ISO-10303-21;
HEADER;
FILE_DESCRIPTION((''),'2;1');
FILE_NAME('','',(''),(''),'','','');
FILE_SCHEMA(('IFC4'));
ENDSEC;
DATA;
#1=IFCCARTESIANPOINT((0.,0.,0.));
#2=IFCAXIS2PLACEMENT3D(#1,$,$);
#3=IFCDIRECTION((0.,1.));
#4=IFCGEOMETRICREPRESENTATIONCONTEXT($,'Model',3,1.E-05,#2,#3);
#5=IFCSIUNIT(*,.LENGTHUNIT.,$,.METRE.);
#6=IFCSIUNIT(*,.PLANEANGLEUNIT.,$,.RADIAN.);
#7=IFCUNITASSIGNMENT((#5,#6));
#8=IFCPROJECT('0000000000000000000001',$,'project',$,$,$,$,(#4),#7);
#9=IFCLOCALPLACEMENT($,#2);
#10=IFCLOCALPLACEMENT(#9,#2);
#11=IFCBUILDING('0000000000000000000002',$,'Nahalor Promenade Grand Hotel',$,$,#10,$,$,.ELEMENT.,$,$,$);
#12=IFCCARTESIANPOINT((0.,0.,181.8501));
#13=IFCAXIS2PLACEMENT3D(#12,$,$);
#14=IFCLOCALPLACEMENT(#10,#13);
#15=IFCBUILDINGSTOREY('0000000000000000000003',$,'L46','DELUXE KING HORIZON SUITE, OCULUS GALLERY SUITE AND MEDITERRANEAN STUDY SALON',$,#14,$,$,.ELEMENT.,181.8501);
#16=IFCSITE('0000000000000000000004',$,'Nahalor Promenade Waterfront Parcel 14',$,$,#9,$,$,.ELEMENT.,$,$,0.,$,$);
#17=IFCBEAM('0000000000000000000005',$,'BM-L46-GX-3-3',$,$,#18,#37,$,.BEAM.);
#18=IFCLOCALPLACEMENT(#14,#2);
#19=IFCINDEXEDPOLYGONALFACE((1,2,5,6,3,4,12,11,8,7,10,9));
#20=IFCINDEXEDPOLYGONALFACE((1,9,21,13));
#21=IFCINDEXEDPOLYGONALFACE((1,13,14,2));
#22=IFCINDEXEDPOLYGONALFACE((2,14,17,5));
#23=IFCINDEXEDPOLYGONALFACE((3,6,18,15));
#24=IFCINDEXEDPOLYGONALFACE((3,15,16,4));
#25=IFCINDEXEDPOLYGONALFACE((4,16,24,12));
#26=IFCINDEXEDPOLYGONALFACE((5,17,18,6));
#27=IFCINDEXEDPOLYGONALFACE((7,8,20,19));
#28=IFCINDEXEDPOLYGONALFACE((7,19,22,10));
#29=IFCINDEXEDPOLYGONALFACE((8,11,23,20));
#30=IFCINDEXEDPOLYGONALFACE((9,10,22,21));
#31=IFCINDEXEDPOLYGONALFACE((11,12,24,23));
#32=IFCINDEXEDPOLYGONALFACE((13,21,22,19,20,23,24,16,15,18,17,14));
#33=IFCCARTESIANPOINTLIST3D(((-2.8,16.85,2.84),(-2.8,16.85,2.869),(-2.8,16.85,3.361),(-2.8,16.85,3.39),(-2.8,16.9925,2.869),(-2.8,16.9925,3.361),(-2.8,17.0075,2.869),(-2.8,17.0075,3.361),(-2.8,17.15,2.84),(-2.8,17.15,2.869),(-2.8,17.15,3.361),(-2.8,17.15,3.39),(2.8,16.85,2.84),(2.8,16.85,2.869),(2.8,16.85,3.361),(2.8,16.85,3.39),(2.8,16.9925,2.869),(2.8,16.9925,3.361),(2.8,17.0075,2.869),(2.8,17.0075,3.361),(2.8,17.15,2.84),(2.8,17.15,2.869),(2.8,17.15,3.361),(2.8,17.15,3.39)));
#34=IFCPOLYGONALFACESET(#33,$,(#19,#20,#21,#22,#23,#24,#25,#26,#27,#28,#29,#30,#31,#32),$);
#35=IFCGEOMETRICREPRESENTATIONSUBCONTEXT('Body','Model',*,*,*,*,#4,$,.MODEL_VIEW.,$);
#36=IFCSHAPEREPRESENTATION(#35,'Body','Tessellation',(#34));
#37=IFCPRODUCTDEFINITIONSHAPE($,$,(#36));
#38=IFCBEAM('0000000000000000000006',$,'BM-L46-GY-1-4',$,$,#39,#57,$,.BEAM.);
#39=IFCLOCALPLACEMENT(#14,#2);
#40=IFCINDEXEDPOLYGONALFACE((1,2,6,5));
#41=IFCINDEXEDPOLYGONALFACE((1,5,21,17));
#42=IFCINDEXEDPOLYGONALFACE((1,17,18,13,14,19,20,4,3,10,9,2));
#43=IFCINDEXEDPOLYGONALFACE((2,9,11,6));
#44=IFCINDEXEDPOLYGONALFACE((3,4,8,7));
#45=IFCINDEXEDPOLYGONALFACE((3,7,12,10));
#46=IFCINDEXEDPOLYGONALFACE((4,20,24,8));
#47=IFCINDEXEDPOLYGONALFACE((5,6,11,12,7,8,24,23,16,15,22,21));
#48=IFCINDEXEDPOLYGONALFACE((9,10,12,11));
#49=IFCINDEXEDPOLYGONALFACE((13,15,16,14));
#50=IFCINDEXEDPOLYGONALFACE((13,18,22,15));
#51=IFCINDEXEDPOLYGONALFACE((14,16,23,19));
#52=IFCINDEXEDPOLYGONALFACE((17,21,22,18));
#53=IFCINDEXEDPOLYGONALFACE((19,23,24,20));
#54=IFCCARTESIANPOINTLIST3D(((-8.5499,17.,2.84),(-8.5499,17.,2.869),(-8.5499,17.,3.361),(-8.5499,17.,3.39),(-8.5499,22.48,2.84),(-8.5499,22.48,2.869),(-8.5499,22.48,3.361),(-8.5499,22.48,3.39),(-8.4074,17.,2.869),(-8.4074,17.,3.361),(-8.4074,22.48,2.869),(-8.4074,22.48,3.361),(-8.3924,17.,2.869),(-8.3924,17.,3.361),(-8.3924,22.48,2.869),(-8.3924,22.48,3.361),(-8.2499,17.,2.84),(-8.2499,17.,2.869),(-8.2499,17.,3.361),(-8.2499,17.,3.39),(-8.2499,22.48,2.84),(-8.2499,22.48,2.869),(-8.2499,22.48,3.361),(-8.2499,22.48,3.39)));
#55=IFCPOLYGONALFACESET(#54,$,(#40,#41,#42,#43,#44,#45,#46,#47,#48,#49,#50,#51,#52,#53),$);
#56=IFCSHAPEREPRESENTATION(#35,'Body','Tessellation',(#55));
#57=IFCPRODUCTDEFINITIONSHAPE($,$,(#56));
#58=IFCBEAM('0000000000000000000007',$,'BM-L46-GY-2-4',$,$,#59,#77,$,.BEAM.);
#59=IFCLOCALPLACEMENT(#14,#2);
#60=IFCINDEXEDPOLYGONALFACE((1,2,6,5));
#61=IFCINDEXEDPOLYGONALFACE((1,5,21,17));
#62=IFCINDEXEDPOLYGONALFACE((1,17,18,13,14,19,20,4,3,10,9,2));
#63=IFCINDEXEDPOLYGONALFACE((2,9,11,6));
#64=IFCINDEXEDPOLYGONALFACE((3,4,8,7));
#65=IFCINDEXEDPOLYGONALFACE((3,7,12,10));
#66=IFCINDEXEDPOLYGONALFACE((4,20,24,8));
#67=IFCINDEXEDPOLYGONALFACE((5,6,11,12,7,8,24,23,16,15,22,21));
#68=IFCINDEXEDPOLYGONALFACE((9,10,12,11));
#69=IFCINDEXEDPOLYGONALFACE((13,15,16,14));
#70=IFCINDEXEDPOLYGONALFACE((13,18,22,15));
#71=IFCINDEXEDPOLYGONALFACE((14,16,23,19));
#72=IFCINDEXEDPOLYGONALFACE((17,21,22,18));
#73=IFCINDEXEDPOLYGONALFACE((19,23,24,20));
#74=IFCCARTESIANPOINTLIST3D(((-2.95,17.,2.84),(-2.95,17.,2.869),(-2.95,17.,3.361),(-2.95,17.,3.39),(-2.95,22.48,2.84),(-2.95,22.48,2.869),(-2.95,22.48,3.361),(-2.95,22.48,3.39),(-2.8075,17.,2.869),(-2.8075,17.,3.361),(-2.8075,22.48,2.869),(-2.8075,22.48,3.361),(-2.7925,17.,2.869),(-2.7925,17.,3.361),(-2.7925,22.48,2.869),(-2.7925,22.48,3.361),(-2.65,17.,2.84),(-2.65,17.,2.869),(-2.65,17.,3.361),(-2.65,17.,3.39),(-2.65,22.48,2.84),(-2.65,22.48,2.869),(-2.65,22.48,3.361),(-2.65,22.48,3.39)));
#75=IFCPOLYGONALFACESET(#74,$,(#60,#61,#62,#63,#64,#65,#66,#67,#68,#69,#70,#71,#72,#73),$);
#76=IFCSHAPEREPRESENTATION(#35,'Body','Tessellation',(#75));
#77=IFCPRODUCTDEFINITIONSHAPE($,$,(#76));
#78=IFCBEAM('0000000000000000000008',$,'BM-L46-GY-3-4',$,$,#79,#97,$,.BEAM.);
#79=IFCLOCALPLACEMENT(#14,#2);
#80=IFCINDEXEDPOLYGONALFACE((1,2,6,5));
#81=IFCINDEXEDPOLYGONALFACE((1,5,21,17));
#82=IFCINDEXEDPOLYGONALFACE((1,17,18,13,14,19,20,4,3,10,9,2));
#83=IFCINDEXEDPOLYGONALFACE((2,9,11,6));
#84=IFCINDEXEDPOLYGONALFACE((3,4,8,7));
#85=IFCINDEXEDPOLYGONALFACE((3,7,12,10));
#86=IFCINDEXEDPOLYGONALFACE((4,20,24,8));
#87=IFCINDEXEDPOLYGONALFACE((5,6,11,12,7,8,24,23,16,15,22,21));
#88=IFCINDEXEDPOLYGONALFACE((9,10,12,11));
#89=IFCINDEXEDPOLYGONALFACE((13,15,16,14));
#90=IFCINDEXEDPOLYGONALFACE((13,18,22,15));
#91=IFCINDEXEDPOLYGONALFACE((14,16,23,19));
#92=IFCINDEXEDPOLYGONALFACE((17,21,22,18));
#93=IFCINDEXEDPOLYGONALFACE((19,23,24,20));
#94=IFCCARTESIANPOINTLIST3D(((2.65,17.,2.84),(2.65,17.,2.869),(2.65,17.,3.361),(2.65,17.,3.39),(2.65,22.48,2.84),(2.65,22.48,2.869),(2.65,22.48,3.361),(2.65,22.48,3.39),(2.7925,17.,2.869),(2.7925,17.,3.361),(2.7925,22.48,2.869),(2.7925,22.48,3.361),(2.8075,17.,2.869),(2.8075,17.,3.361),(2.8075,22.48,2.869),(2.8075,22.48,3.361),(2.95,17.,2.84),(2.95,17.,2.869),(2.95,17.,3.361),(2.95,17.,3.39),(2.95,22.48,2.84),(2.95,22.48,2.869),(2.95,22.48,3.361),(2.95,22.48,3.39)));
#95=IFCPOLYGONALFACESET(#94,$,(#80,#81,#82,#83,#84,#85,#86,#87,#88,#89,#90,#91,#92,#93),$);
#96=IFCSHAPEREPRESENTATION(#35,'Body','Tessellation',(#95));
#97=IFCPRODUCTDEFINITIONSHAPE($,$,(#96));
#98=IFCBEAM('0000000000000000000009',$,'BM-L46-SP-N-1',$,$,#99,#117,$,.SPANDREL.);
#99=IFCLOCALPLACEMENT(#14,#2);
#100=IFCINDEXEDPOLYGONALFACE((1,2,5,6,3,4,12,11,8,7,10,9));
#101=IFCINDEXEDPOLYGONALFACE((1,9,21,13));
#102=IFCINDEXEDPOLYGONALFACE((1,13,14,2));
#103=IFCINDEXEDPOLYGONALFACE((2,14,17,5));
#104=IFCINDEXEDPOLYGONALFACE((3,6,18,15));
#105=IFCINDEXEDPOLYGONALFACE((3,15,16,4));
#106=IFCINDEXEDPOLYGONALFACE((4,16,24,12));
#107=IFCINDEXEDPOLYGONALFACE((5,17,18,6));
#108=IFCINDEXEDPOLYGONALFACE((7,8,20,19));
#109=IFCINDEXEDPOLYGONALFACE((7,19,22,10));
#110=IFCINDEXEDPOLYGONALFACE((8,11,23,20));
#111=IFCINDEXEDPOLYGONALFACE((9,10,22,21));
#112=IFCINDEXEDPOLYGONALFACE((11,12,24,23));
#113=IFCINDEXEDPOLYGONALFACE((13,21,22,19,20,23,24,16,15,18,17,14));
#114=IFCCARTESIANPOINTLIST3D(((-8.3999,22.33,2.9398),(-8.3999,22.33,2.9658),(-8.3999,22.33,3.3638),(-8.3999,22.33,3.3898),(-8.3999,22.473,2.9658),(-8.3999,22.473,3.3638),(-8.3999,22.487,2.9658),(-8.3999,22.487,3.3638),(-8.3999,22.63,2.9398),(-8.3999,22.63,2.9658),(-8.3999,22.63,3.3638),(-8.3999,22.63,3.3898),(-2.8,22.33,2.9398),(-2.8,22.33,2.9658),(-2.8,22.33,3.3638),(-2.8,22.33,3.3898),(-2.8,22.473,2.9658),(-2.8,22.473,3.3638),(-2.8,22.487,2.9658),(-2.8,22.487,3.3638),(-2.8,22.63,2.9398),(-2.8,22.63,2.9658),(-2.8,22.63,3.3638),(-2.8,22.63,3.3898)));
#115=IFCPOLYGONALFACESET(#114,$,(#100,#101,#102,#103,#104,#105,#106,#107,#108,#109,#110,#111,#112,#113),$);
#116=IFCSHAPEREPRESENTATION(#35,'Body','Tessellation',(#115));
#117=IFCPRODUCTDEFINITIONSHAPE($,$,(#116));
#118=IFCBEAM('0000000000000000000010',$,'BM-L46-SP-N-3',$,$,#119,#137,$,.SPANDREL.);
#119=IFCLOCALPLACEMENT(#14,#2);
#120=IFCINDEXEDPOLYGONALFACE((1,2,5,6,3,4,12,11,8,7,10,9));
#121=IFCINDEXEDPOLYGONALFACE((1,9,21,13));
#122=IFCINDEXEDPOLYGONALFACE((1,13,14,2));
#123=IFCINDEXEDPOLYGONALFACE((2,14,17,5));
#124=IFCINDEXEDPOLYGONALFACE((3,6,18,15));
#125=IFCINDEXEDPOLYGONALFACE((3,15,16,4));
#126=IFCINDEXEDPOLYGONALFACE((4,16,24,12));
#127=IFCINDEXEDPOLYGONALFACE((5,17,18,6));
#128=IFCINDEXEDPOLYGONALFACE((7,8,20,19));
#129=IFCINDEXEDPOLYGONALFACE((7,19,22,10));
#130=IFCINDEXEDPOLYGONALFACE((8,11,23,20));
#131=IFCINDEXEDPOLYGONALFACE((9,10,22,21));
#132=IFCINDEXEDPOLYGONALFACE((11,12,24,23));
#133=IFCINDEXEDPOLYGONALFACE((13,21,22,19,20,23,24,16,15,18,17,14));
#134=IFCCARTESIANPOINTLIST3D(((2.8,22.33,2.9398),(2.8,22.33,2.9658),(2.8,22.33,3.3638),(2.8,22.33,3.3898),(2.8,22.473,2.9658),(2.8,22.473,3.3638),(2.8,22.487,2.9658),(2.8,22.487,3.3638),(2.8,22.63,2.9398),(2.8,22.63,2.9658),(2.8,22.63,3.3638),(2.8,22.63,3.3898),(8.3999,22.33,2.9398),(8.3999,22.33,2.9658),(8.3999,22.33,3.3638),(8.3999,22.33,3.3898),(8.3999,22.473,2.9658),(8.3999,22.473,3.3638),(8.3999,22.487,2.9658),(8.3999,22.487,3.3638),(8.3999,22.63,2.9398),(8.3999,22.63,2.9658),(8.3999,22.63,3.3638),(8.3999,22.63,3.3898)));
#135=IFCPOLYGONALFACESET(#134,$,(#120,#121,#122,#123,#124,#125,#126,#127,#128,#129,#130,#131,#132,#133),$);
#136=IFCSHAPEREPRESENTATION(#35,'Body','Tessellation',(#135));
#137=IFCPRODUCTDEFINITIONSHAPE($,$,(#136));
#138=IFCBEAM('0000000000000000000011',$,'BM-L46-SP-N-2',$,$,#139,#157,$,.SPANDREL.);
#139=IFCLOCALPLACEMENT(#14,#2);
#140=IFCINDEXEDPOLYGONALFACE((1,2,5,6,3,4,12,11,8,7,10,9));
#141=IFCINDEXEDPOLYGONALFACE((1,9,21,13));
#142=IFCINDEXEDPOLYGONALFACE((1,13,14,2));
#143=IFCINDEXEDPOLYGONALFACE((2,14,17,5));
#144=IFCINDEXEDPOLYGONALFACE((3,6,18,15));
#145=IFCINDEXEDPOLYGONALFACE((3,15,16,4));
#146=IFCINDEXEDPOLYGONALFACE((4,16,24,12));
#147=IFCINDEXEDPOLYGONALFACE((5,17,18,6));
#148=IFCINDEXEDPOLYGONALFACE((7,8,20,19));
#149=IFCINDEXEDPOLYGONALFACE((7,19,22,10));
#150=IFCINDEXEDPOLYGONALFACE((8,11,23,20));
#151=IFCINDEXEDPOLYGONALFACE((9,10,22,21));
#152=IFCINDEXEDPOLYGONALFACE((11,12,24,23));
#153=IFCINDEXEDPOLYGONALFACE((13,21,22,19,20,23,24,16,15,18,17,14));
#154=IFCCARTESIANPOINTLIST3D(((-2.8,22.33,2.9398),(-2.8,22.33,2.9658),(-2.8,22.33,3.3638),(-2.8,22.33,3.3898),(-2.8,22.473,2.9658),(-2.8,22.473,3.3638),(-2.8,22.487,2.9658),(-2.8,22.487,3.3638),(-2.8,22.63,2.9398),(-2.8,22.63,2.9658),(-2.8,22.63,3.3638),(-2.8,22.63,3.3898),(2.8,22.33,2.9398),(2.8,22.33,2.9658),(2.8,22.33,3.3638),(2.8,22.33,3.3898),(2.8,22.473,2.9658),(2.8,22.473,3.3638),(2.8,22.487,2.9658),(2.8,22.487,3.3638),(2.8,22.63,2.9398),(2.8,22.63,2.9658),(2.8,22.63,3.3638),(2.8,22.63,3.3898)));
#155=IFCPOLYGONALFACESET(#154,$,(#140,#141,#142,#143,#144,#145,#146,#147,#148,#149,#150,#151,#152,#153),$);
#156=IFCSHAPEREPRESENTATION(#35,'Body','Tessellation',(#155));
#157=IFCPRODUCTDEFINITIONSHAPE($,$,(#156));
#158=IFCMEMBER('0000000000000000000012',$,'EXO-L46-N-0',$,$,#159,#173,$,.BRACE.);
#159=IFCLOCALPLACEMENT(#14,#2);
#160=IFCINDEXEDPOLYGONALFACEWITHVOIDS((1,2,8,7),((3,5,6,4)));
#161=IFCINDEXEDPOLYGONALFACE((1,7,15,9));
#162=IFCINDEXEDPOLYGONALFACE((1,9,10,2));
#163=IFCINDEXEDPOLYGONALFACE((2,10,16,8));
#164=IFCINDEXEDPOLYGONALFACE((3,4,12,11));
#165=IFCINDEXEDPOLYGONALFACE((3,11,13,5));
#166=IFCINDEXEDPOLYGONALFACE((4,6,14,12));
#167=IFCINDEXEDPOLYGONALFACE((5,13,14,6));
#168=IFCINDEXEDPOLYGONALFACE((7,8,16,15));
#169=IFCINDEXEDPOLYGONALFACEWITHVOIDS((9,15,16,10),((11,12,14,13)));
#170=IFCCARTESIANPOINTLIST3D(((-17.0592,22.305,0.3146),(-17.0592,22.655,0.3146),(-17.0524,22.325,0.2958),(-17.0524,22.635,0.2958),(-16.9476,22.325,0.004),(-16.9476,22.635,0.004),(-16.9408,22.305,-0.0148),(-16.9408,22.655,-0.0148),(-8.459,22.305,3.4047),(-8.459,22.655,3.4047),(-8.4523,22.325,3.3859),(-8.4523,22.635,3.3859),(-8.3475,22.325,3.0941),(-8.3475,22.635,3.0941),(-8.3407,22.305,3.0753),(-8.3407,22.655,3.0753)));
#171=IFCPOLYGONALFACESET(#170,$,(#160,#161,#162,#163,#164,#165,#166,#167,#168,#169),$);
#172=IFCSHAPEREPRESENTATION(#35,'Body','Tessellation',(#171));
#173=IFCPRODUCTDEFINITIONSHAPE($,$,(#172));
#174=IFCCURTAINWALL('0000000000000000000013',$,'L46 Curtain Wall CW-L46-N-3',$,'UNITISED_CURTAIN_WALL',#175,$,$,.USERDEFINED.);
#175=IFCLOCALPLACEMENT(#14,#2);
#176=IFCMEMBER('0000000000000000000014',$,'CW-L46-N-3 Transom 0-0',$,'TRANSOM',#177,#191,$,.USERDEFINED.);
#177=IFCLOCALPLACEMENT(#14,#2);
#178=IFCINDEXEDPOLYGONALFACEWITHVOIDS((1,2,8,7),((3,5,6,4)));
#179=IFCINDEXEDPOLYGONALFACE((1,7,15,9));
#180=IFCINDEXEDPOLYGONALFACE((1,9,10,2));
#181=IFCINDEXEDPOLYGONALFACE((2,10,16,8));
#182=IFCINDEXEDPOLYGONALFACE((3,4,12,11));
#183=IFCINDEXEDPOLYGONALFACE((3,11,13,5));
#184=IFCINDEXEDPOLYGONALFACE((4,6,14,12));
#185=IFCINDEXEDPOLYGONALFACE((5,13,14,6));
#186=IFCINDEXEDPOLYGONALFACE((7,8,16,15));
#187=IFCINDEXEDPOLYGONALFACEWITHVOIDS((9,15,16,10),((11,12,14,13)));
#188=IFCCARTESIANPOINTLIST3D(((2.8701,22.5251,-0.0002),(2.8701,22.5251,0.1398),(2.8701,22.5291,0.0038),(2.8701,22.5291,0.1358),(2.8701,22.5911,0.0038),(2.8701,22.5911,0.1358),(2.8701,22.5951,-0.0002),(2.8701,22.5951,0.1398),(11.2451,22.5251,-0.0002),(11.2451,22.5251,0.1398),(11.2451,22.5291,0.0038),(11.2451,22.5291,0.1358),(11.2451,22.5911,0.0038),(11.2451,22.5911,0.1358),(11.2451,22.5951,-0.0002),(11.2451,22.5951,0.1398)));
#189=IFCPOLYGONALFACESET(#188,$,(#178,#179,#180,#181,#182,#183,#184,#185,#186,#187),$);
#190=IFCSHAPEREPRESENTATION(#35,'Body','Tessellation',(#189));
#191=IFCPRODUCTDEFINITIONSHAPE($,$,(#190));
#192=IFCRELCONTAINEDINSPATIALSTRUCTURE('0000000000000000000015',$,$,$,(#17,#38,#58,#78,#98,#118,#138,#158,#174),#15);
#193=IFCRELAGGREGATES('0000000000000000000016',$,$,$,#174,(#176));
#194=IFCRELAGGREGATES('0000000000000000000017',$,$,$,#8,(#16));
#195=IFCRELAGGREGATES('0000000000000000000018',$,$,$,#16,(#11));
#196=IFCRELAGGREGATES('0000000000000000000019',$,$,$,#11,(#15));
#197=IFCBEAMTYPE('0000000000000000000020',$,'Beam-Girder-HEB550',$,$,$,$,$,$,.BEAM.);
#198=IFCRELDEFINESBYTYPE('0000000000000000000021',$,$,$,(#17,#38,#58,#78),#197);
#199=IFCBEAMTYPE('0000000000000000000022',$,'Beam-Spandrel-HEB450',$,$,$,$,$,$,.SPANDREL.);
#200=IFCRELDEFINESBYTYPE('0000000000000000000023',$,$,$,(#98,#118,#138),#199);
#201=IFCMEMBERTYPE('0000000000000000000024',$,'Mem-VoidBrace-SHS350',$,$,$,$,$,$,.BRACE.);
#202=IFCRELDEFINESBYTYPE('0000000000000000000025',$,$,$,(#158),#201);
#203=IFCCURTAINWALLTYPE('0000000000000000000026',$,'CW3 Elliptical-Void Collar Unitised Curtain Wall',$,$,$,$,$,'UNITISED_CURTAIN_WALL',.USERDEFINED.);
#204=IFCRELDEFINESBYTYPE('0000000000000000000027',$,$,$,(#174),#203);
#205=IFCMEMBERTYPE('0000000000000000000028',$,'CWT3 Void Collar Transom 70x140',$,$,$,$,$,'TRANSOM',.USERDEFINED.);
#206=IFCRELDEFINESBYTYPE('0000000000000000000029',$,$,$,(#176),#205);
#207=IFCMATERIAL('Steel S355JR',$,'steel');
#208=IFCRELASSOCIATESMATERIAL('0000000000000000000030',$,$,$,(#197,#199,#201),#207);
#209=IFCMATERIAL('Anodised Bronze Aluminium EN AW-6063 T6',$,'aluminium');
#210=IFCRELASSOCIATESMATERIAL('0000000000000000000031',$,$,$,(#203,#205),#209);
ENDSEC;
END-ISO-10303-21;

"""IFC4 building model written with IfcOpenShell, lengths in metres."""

from ifc_helpers import new_model, si_unit, direction, frame, origin, origin_2d, place, context, subcontext, project, spatial, hollow_rectangle, i_section, extrude, source, transform, mapped, material, material_profile, profile_set, type_object, element, aggregate, save


model = new_model("IFC4")

# Units and contexts
model_context = context("Model", 3, precision=1e-05, world=origin(), true_north=direction((0.0, 1.0)))
body_context = subcontext(model_context, "Body", "Model", "MODEL_VIEW")
ifc_project = project(units=[si_unit("LENGTHUNIT", "METRE"), si_unit("PLANEANGLEUNIT", "RADIAN")], contexts=[model_context])

# Site, building, storey
site_placement = place(None, origin())
site = spatial("IfcSite", under=ifc_project, at=site_placement, Name="Nahalor Promenade Waterfront Parcel 14", CompositionType="ELEMENT", RefElevation=0.0)
building_placement = place(site_placement, origin())
building = spatial("IfcBuilding", under=site, at=building_placement, Name="Nahalor Promenade Grand Hotel", CompositionType="ELEMENT")
storey_placement = place(building_placement, frame((0.0, 0.0, 181.8501)))
storey = spatial("IfcBuildingStorey", under=building, at=storey_placement, Name="L46", Description="DELUXE KING HORIZON SUITE, OCULUS GALLERY SUITE AND MEDITERRANEAN STUDY SALON", CompositionType="ELEMENT", Elevation=181.8501)

# Beams
ifc_material_1 = material(Name="Steel S355JR", Category="steel")
ifc_material_profile_1 = material_profile(ifc_material_1, i_section(OverallWidth=0.3, OverallDepth=0.55, WebThickness=0.015, FlangeThickness=0.029, at=origin_2d()), Name="HEB 550")
ifc_profile_set_1 = profile_set([ifc_material_profile_1], Name="Steel S355JR")
beam_type_1 = type_object("IfcBeamType", Name="Beam-Girder-HEB550", PredefinedType="BEAM", material=ifc_profile_set_1)
shared_shape_1 = source(origin(), body_context, "Body", "SweptSolid", [
    extrude(i_section(OverallWidth=0.3, OverallDepth=0.55, WebThickness=0.015, FlangeThickness=0.029, at=origin_2d()), origin(), (0.0, 0.0, 1.0), 5.6001),
])
beam_1_placement = place(storey_placement, frame((-2.8, 17.0, 3.115), z_axis=(1.0, 0.0, 0.0), x_axis=(0.0, 1.0, 0.0)))
element("IfcBeam", 1, at=beam_1_placement, inside=storey, type_object=beam_type_1, Name="BM-L46-GX-3-3", PredefinedType="BEAM", context=body_context, shape_type="MappedRepresentation", body=[
    mapped(shared_shape_1, transform((0.0, 0.0, 0.0), scale=1.0)),
])
shared_shape_2 = source(origin(), body_context, "Body", "SweptSolid", [
    extrude(i_section(OverallWidth=0.3, OverallDepth=0.55, WebThickness=0.015, FlangeThickness=0.029, at=origin_2d()), origin(), (0.0, 0.0, 1.0), 5.48),
])
for number, where, z_axis, x_axis, name in (
    (2, (-8.3999, 17.0, 3.115), (0.0, 1.0, 0.0), (-1.0, 0.0, 0.0), "BM-L46-GY-1-4"),
    (3, (-2.8, 17.0, 3.115), (0.0, 1.0, 0.0), (-1.0, 0.0, 0.0), "BM-L46-GY-2-4"),
    (4, (2.8, 17.0, 3.115), (0.0, 1.0, 0.0), (-1.0, 0.0, 0.0), "BM-L46-GY-3-4"),
):
    element("IfcBeam", number, at=place(storey_placement, frame(where, z_axis=z_axis, x_axis=x_axis)), inside=storey, type_object=beam_type_1, Name=name, PredefinedType="BEAM", context=body_context, shape_type="MappedRepresentation", body=[
        mapped(shared_shape_2, transform((0.0, 0.0, 0.0), scale=1.0)),
    ])
ifc_material_profile_2 = material_profile(ifc_material_1, i_section(OverallWidth=0.3, OverallDepth=0.45, WebThickness=0.014, FlangeThickness=0.026, at=origin_2d()), Name="HEB 450")
ifc_profile_set_2 = profile_set([ifc_material_profile_2], Name="Steel S355JR")
beam_type_2 = type_object("IfcBeamType", Name="Beam-Spandrel-HEB450", PredefinedType="SPANDREL", material=ifc_profile_set_2)
shared_shape_3 = source(origin(), body_context, "Body", "SweptSolid", [
    extrude(i_section(OverallWidth=0.3, OverallDepth=0.45, WebThickness=0.014, FlangeThickness=0.026, at=origin_2d()), origin(), (0.0, 0.0, 1.0), 5.5999),
])
for number, where, z_axis, x_axis, name in (
    (5, (-8.3999, 22.48, 3.1648), (1.0, 0.0, 0.0), (0.0, 1.0, 0.0), "BM-L46-SP-N-1"),
    (6, (2.8, 22.48, 3.1648), (1.0, 0.0, 0.0), (0.0, 1.0, 0.0), "BM-L46-SP-N-3"),
):
    element("IfcBeam", number, at=place(storey_placement, frame(where, z_axis=z_axis, x_axis=x_axis)), inside=storey, type_object=beam_type_2, Name=name, PredefinedType="SPANDREL", context=body_context, shape_type="MappedRepresentation", body=[
        mapped(shared_shape_3, transform((0.0, 0.0, 0.0), scale=1.0)),
    ])
shared_shape_4 = source(origin(), body_context, "Body", "SweptSolid", [
    extrude(i_section(OverallWidth=0.3, OverallDepth=0.45, WebThickness=0.014, FlangeThickness=0.026, at=origin_2d()), origin(), (0.0, 0.0, 1.0), 5.6001),
])
beam_2_placement = place(storey_placement, frame((-2.8, 22.48, 3.1648), z_axis=(1.0, 0.0, 0.0), x_axis=(0.0, 1.0, 0.0)))
element("IfcBeam", 7, at=beam_2_placement, inside=storey, type_object=beam_type_2, Name="BM-L46-SP-N-2", PredefinedType="SPANDREL", context=body_context, shape_type="MappedRepresentation", body=[
    mapped(shared_shape_4, transform((0.0, 0.0, 0.0), scale=1.0)),
])

# Member
ifc_material_profile_3 = material_profile(ifc_material_1, hollow_rectangle(XDim=0.35, YDim=0.35, WallThickness=0.02, at=origin_2d()), Name="SHS 350x350x20")
ifc_profile_set_3 = profile_set([ifc_material_profile_3], Name="Steel S355JR")
member_type_1 = type_object("IfcMemberType", Name="Mem-VoidBrace-SHS350", PredefinedType="BRACE", material=ifc_profile_set_3)
shared_shape_5 = source(origin(), body_context, "Body", "SweptSolid", [
    extrude(hollow_rectangle(XDim=0.35, YDim=0.35, WallThickness=0.02, at=origin_2d()), origin(), (0.0, 0.0, 1.0), 9.1384),
])
member_1_placement = place(storey_placement, frame((-17.0, 22.48, 0.1499), z_axis=(0.941095, 0.0, 0.338143), x_axis=(0.0, 1.0, 0.0)))
element("IfcMember", 8, at=member_1_placement, inside=storey, type_object=member_type_1, Name="EXO-L46-N-0", PredefinedType="BRACE", context=body_context, shape_type="MappedRepresentation", body=[
    mapped(shared_shape_5, transform((0.0, 0.0, 0.0), scale=1.0)),
])

# Curtain wall, member
ifc_material_2 = material(Name="Anodised Bronze Aluminium EN AW-6063 T6", Category="aluminium")
curtain_wall_type = type_object("IfcCurtainWallType", Name="CW3 Elliptical-Void Collar Unitised Curtain Wall", ElementType="UNITISED_CURTAIN_WALL", PredefinedType="USERDEFINED", material=ifc_material_2)
curtain_wall_1_placement = place(storey_placement, origin())
curtain_wall_1 = element("IfcCurtainWall", 9, at=curtain_wall_1_placement, inside=storey, type_object=curtain_wall_type, Name="L46 Curtain Wall CW-L46-N-3", ObjectType="UNITISED_CURTAIN_WALL", PredefinedType="USERDEFINED")
ifc_material_profile_4 = material_profile(ifc_material_2, hollow_rectangle(XDim=0.07, YDim=0.14, WallThickness=0.004, at=origin_2d()), Name="CWT 70x140x4")
ifc_profile_set_4 = profile_set([ifc_material_profile_4], Name="Anodised Bronze Aluminium EN AW-6063 T6")
member_type_2 = type_object("IfcMemberType", Name="CWT3 Void Collar Transom 70x140", ElementType="TRANSOM", PredefinedType="USERDEFINED", material=ifc_profile_set_4)
shared_shape_6 = source(origin(), body_context, "Body", "SweptSolid", [
    extrude(hollow_rectangle(XDim=0.07, YDim=0.14, WallThickness=0.004, at=origin_2d()), origin(), (0.0, 0.0, 1.0), 8.375),
])
member_2_placement = place(storey_placement, frame((2.8701, 22.5601, 0.0698), z_axis=(1.0, 0.0, 0.0), x_axis=(0.0, 1.0, 0.0)))
member_2 = element("IfcMember", 10, at=member_2_placement, type_object=member_type_2, Name="CW-L46-N-3 Transom 0-0", ObjectType="TRANSOM", PredefinedType="USERDEFINED", context=body_context, shape_type="MappedRepresentation", body=[
    mapped(shared_shape_6, transform((0.0, 0.0, 0.0), scale=1.0)),
])

aggregate(curtain_wall_1, [member_2])

save(model, "model.ifc")
